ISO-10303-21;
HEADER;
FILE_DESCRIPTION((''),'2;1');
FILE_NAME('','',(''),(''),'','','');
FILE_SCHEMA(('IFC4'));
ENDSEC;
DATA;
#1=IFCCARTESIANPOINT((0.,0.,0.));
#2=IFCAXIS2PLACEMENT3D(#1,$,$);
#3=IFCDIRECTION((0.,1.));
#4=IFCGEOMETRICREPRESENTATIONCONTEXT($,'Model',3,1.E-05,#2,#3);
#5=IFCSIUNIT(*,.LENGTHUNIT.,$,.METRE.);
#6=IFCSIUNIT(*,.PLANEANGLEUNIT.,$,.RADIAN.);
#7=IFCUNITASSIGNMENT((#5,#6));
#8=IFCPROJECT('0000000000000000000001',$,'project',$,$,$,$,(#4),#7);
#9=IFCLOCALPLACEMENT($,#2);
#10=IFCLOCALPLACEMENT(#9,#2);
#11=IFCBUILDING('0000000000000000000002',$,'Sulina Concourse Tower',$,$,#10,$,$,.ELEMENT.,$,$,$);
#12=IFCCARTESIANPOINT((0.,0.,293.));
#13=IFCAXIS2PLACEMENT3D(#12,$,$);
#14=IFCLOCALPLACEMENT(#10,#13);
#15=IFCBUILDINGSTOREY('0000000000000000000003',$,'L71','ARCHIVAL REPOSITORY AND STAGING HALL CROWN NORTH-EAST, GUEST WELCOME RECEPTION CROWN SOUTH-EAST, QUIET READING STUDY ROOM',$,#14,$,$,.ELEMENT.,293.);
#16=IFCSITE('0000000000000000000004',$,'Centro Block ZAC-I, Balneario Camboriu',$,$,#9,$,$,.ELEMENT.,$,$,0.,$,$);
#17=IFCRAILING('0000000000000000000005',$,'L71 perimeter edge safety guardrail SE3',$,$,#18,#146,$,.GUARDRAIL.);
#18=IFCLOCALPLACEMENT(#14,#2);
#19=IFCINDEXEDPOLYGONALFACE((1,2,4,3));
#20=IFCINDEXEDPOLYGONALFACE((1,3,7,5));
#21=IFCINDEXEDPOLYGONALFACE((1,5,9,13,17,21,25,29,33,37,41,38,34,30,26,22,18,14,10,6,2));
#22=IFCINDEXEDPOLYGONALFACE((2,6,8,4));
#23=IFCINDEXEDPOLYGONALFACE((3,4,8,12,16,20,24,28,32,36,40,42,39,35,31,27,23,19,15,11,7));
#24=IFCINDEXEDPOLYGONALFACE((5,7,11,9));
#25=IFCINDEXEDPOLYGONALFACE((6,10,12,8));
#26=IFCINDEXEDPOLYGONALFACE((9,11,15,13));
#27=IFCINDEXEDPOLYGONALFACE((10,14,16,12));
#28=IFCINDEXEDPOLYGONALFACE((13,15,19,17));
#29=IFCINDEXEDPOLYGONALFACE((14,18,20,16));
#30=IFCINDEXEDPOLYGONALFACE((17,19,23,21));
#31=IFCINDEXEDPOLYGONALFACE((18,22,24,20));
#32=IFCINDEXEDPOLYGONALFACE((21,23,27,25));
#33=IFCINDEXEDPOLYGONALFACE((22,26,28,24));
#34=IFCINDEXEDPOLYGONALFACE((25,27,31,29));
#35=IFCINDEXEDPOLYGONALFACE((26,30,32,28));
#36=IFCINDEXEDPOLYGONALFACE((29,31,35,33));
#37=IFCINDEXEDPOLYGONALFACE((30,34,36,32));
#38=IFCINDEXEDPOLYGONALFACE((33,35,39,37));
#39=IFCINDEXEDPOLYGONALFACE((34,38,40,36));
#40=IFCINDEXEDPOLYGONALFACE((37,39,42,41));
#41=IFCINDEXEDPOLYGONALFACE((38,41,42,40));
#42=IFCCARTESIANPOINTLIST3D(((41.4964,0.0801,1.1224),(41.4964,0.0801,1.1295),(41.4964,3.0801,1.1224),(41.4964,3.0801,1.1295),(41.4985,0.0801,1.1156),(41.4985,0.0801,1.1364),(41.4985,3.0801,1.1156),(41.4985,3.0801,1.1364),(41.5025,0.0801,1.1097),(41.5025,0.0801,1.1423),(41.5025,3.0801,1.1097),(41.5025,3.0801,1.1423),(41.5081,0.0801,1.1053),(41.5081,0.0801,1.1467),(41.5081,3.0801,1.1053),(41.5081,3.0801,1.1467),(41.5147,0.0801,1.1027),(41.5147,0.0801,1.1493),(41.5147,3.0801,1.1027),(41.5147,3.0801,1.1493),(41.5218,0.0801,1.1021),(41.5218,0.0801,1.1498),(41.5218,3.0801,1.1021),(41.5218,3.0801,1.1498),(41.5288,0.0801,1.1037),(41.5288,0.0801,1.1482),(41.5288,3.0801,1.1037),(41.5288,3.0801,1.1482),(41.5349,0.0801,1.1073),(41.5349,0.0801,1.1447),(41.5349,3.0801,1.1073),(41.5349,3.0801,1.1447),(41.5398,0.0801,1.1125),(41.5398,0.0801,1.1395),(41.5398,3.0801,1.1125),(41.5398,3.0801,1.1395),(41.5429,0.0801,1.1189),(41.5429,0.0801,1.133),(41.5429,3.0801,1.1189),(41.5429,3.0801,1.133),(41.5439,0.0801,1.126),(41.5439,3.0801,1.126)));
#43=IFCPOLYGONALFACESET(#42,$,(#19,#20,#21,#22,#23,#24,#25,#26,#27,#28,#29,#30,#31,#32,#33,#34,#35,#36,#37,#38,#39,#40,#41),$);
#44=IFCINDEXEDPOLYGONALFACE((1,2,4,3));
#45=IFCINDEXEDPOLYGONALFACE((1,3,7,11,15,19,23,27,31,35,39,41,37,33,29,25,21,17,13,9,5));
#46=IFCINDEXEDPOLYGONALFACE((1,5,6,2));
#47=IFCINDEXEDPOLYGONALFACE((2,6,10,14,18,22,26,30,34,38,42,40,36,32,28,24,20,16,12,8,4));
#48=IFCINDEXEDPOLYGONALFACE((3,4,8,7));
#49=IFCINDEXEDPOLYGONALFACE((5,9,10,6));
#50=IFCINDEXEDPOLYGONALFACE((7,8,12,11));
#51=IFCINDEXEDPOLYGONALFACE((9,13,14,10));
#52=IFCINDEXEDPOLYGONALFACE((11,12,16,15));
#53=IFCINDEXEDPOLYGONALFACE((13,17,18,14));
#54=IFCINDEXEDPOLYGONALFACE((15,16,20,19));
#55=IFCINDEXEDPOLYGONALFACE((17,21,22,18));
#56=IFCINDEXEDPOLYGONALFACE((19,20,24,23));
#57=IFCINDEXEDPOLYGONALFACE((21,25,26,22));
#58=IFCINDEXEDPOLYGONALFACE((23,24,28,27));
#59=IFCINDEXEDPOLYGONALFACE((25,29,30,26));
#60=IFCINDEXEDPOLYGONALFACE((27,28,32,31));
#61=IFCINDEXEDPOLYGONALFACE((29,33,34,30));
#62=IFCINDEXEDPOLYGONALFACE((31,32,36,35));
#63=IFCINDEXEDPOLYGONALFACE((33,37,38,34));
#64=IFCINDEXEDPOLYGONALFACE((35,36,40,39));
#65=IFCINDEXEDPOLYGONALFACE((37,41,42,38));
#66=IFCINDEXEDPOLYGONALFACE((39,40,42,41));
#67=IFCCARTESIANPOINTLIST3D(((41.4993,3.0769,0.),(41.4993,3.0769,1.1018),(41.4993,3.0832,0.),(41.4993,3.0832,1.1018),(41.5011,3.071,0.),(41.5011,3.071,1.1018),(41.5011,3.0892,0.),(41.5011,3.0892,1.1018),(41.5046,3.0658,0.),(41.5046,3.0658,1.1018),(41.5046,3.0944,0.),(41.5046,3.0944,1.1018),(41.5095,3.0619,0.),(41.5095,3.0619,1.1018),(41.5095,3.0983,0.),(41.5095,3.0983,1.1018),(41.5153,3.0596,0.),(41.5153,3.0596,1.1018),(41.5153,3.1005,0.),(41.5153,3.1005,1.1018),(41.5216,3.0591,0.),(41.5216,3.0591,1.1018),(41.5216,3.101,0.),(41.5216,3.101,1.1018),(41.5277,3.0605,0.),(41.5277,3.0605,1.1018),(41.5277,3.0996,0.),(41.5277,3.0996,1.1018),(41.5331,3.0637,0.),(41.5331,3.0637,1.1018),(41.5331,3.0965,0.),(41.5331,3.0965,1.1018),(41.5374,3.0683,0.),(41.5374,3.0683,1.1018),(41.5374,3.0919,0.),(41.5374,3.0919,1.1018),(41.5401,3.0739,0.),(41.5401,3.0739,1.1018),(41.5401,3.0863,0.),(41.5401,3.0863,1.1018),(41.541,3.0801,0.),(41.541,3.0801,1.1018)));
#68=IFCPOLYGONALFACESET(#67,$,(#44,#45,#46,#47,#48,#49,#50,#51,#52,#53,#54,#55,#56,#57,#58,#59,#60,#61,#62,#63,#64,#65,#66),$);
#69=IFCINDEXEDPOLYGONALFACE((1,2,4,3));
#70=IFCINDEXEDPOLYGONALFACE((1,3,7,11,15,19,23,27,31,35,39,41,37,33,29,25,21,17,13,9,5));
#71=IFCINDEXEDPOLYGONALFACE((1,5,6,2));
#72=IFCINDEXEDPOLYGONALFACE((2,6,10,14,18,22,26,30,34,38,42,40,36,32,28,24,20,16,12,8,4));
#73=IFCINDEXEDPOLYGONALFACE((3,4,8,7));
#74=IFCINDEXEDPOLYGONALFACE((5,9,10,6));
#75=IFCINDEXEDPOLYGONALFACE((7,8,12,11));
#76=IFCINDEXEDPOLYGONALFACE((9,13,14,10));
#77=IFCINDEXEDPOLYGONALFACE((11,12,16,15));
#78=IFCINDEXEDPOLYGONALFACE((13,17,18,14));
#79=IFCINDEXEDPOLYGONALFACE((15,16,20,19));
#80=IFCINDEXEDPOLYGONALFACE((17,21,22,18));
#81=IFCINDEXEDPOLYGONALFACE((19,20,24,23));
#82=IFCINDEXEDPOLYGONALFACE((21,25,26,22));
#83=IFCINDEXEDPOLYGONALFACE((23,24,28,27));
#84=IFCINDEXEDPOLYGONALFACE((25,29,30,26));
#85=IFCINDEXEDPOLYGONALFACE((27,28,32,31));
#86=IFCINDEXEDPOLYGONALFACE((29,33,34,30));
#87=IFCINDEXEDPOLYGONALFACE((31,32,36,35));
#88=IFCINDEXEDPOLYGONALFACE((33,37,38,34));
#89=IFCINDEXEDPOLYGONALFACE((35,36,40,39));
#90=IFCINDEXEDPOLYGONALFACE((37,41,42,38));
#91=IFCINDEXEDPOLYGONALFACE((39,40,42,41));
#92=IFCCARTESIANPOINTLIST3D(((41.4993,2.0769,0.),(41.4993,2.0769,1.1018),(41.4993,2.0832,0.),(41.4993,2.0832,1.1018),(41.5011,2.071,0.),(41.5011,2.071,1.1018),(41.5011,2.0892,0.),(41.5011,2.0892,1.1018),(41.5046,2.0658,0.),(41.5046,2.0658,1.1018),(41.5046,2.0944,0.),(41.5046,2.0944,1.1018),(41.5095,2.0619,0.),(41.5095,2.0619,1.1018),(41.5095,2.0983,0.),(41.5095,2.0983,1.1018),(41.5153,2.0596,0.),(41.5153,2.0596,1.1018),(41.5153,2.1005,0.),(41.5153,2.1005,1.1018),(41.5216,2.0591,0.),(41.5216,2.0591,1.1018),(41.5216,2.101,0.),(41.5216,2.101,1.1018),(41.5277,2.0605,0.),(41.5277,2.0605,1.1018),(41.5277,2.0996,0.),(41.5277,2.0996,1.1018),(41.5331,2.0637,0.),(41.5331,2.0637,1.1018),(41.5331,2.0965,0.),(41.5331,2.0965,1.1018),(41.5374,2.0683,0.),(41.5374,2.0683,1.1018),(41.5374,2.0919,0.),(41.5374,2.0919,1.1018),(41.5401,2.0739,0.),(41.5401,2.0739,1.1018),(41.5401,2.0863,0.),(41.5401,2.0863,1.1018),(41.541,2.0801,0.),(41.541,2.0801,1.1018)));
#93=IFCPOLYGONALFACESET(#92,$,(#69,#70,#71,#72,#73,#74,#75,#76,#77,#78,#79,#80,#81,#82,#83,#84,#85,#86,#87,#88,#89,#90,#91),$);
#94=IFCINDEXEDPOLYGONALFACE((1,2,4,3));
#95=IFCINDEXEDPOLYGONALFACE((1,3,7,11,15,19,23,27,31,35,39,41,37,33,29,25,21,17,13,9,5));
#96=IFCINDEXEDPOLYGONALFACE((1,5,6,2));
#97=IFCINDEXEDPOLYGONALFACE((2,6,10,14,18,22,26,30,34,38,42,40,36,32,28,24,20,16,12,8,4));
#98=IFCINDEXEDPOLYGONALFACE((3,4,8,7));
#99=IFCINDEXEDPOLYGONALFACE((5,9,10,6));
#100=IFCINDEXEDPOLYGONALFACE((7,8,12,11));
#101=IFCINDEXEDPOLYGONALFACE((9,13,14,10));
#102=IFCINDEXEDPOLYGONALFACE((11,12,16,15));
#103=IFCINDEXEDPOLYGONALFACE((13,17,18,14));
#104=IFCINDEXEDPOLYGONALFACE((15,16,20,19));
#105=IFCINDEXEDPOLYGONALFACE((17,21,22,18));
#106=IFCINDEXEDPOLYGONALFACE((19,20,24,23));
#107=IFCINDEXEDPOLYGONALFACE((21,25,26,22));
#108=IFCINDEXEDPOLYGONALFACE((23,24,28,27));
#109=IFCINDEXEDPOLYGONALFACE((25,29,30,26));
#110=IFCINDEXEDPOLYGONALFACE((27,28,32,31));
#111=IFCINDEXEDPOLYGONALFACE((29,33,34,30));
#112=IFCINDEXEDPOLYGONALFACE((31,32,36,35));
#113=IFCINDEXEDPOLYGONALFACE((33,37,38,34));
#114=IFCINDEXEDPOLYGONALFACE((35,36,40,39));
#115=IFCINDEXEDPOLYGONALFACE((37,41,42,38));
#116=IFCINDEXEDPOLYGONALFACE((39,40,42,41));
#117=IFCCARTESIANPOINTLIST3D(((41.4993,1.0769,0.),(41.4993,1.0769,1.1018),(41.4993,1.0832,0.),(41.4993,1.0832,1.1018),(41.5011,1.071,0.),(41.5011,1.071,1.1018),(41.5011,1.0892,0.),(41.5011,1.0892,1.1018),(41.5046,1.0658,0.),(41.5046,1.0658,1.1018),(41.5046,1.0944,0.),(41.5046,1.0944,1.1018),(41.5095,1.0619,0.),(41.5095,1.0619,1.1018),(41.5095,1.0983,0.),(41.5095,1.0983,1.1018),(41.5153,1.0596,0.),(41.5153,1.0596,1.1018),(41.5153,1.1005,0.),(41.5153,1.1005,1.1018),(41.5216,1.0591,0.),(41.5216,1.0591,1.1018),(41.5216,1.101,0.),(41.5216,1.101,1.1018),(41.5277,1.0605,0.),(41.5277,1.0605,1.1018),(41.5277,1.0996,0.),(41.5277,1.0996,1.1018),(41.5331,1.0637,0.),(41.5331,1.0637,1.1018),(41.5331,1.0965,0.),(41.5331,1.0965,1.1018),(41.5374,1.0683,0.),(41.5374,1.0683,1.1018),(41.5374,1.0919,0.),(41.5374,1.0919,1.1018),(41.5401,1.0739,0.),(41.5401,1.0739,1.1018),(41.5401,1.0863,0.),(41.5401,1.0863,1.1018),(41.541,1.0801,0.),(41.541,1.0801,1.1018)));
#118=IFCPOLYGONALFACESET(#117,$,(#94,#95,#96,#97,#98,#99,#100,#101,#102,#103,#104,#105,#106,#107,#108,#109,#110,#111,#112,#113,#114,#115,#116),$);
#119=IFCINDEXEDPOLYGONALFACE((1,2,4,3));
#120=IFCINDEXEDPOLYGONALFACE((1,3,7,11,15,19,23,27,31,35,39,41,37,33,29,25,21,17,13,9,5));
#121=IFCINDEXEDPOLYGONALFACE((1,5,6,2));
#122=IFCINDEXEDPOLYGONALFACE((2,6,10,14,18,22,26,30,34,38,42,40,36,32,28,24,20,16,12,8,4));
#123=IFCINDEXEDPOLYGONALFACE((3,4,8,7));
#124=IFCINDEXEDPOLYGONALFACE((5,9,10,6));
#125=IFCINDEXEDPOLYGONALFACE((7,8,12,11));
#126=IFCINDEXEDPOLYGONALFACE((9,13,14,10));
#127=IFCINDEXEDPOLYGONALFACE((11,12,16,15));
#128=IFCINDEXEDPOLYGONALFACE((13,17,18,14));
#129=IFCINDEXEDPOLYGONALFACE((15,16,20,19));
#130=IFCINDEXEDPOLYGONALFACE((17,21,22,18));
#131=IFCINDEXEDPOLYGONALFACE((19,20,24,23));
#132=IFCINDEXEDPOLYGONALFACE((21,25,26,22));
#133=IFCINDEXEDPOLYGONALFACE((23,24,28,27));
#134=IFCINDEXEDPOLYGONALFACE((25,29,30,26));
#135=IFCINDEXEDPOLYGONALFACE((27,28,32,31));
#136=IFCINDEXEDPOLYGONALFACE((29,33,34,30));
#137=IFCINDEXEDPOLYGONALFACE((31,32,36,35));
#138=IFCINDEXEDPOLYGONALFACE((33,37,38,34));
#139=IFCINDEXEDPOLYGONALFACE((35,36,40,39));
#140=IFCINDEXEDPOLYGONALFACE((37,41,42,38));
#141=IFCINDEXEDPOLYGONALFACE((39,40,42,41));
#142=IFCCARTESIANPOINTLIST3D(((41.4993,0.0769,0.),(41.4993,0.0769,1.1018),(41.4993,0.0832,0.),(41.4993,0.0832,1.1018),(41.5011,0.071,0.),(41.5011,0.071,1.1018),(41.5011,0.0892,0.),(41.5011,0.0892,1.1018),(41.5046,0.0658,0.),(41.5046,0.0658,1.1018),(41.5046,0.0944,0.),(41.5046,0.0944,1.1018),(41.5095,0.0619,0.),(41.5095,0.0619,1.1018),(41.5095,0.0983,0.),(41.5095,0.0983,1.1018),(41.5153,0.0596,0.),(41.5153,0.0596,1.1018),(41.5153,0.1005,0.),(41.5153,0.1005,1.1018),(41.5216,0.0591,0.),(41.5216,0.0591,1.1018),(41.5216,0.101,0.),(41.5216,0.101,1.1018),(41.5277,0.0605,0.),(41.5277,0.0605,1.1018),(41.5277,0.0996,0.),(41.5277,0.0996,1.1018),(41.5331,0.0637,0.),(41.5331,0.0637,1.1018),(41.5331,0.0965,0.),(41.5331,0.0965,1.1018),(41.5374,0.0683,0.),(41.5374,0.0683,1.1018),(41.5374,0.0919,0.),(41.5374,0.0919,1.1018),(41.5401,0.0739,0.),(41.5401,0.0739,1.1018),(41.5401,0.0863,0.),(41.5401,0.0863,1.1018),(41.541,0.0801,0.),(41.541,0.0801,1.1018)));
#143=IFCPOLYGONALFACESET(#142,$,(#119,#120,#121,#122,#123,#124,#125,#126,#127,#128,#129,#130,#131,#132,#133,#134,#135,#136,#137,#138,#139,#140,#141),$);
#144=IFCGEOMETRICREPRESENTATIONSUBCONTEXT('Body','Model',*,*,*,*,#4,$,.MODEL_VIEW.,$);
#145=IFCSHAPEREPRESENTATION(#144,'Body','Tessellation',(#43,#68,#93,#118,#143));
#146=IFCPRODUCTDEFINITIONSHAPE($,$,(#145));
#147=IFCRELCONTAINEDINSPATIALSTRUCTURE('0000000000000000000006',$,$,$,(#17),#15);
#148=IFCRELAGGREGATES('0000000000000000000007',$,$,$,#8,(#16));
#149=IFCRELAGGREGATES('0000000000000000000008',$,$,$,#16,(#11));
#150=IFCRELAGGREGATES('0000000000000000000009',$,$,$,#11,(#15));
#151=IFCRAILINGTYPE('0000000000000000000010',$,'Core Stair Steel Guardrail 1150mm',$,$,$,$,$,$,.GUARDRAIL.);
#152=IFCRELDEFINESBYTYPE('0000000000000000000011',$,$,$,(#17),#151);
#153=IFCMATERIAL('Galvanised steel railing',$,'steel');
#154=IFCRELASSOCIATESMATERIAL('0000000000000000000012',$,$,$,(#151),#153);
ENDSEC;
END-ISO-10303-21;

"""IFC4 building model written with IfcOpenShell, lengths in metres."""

from ifc_helpers import new_model, si_unit, direction, frame, origin, origin_2d, place, context, subcontext, project, spatial, circle, extrude, material, type_object, element, save


model = new_model("IFC4")

# Units and contexts
model_context = context("Model", 3, precision=1e-05, world=origin(), true_north=direction((0.0, 1.0)))
body_context = subcontext(model_context, "Body", "Model", "MODEL_VIEW")
ifc_project = project(units=[si_unit("LENGTHUNIT", "METRE"), si_unit("PLANEANGLEUNIT", "RADIAN")], contexts=[model_context])

# Site, building, storey
site_placement = place(None, origin())
site = spatial("IfcSite", under=ifc_project, at=site_placement, Name="Centro Block ZAC-I, Balneario Camboriu", CompositionType="ELEMENT", RefElevation=0.0)
building_placement = place(site_placement, origin())
building = spatial("IfcBuilding", under=site, at=building_placement, Name="Sulina Concourse Tower", CompositionType="ELEMENT")
storey_placement = place(building_placement, frame((0.0, 0.0, 293.0)))
storey = spatial("IfcBuildingStorey", under=building, at=storey_placement, Name="L71", Description="ARCHIVAL REPOSITORY AND STAGING HALL CROWN NORTH-EAST, GUEST WELCOME RECEPTION CROWN SOUTH-EAST, QUIET READING STUDY ROOM", CompositionType="ELEMENT", Elevation=293.0)

# Railing
ifc_material_1 = material(Name="Galvanised steel railing", Category="steel")
railing_type = type_object("IfcRailingType", Name="Core Stair Steel Guardrail 1150mm", PredefinedType="GUARDRAIL", material=ifc_material_1)
railing_1_placement = place(storey_placement, frame((41.52, 3.0801, 0.0)))
element("IfcRailing", 1, at=railing_1_placement, inside=storey, type_object=railing_type, Name="L71 perimeter edge safety guardrail SE3", PredefinedType="GUARDRAIL", context=body_context, shape_type="SweptSolid", body=[
    extrude(circle(Radius=0.0239, at=origin_2d()), frame((0.0, 0.0, 1.126), z_axis=(0.0, -1.0, 0.0), x_axis=(1.0, 0.0, 0.0)), (0.0, 0.0, 1.0), 3.0),
    extrude(circle(Radius=0.021, at=origin_2d()), origin(), (0.0, 0.0, 1.0), 1.1018),
    extrude(circle(Radius=0.021, at=origin_2d()), frame((0.0, -1.0, 0.0)), (0.0, 0.0, 1.0), 1.1018),
    extrude(circle(Radius=0.021, at=origin_2d()), frame((0.0, -2.0, 0.0)), (0.0, 0.0, 1.0), 1.1018),
    extrude(circle(Radius=0.021, at=origin_2d()), frame((0.0, -3.0, 0.0)), (0.0, 0.0, 1.0), 1.1018),
])

save(model, "model.ifc")
